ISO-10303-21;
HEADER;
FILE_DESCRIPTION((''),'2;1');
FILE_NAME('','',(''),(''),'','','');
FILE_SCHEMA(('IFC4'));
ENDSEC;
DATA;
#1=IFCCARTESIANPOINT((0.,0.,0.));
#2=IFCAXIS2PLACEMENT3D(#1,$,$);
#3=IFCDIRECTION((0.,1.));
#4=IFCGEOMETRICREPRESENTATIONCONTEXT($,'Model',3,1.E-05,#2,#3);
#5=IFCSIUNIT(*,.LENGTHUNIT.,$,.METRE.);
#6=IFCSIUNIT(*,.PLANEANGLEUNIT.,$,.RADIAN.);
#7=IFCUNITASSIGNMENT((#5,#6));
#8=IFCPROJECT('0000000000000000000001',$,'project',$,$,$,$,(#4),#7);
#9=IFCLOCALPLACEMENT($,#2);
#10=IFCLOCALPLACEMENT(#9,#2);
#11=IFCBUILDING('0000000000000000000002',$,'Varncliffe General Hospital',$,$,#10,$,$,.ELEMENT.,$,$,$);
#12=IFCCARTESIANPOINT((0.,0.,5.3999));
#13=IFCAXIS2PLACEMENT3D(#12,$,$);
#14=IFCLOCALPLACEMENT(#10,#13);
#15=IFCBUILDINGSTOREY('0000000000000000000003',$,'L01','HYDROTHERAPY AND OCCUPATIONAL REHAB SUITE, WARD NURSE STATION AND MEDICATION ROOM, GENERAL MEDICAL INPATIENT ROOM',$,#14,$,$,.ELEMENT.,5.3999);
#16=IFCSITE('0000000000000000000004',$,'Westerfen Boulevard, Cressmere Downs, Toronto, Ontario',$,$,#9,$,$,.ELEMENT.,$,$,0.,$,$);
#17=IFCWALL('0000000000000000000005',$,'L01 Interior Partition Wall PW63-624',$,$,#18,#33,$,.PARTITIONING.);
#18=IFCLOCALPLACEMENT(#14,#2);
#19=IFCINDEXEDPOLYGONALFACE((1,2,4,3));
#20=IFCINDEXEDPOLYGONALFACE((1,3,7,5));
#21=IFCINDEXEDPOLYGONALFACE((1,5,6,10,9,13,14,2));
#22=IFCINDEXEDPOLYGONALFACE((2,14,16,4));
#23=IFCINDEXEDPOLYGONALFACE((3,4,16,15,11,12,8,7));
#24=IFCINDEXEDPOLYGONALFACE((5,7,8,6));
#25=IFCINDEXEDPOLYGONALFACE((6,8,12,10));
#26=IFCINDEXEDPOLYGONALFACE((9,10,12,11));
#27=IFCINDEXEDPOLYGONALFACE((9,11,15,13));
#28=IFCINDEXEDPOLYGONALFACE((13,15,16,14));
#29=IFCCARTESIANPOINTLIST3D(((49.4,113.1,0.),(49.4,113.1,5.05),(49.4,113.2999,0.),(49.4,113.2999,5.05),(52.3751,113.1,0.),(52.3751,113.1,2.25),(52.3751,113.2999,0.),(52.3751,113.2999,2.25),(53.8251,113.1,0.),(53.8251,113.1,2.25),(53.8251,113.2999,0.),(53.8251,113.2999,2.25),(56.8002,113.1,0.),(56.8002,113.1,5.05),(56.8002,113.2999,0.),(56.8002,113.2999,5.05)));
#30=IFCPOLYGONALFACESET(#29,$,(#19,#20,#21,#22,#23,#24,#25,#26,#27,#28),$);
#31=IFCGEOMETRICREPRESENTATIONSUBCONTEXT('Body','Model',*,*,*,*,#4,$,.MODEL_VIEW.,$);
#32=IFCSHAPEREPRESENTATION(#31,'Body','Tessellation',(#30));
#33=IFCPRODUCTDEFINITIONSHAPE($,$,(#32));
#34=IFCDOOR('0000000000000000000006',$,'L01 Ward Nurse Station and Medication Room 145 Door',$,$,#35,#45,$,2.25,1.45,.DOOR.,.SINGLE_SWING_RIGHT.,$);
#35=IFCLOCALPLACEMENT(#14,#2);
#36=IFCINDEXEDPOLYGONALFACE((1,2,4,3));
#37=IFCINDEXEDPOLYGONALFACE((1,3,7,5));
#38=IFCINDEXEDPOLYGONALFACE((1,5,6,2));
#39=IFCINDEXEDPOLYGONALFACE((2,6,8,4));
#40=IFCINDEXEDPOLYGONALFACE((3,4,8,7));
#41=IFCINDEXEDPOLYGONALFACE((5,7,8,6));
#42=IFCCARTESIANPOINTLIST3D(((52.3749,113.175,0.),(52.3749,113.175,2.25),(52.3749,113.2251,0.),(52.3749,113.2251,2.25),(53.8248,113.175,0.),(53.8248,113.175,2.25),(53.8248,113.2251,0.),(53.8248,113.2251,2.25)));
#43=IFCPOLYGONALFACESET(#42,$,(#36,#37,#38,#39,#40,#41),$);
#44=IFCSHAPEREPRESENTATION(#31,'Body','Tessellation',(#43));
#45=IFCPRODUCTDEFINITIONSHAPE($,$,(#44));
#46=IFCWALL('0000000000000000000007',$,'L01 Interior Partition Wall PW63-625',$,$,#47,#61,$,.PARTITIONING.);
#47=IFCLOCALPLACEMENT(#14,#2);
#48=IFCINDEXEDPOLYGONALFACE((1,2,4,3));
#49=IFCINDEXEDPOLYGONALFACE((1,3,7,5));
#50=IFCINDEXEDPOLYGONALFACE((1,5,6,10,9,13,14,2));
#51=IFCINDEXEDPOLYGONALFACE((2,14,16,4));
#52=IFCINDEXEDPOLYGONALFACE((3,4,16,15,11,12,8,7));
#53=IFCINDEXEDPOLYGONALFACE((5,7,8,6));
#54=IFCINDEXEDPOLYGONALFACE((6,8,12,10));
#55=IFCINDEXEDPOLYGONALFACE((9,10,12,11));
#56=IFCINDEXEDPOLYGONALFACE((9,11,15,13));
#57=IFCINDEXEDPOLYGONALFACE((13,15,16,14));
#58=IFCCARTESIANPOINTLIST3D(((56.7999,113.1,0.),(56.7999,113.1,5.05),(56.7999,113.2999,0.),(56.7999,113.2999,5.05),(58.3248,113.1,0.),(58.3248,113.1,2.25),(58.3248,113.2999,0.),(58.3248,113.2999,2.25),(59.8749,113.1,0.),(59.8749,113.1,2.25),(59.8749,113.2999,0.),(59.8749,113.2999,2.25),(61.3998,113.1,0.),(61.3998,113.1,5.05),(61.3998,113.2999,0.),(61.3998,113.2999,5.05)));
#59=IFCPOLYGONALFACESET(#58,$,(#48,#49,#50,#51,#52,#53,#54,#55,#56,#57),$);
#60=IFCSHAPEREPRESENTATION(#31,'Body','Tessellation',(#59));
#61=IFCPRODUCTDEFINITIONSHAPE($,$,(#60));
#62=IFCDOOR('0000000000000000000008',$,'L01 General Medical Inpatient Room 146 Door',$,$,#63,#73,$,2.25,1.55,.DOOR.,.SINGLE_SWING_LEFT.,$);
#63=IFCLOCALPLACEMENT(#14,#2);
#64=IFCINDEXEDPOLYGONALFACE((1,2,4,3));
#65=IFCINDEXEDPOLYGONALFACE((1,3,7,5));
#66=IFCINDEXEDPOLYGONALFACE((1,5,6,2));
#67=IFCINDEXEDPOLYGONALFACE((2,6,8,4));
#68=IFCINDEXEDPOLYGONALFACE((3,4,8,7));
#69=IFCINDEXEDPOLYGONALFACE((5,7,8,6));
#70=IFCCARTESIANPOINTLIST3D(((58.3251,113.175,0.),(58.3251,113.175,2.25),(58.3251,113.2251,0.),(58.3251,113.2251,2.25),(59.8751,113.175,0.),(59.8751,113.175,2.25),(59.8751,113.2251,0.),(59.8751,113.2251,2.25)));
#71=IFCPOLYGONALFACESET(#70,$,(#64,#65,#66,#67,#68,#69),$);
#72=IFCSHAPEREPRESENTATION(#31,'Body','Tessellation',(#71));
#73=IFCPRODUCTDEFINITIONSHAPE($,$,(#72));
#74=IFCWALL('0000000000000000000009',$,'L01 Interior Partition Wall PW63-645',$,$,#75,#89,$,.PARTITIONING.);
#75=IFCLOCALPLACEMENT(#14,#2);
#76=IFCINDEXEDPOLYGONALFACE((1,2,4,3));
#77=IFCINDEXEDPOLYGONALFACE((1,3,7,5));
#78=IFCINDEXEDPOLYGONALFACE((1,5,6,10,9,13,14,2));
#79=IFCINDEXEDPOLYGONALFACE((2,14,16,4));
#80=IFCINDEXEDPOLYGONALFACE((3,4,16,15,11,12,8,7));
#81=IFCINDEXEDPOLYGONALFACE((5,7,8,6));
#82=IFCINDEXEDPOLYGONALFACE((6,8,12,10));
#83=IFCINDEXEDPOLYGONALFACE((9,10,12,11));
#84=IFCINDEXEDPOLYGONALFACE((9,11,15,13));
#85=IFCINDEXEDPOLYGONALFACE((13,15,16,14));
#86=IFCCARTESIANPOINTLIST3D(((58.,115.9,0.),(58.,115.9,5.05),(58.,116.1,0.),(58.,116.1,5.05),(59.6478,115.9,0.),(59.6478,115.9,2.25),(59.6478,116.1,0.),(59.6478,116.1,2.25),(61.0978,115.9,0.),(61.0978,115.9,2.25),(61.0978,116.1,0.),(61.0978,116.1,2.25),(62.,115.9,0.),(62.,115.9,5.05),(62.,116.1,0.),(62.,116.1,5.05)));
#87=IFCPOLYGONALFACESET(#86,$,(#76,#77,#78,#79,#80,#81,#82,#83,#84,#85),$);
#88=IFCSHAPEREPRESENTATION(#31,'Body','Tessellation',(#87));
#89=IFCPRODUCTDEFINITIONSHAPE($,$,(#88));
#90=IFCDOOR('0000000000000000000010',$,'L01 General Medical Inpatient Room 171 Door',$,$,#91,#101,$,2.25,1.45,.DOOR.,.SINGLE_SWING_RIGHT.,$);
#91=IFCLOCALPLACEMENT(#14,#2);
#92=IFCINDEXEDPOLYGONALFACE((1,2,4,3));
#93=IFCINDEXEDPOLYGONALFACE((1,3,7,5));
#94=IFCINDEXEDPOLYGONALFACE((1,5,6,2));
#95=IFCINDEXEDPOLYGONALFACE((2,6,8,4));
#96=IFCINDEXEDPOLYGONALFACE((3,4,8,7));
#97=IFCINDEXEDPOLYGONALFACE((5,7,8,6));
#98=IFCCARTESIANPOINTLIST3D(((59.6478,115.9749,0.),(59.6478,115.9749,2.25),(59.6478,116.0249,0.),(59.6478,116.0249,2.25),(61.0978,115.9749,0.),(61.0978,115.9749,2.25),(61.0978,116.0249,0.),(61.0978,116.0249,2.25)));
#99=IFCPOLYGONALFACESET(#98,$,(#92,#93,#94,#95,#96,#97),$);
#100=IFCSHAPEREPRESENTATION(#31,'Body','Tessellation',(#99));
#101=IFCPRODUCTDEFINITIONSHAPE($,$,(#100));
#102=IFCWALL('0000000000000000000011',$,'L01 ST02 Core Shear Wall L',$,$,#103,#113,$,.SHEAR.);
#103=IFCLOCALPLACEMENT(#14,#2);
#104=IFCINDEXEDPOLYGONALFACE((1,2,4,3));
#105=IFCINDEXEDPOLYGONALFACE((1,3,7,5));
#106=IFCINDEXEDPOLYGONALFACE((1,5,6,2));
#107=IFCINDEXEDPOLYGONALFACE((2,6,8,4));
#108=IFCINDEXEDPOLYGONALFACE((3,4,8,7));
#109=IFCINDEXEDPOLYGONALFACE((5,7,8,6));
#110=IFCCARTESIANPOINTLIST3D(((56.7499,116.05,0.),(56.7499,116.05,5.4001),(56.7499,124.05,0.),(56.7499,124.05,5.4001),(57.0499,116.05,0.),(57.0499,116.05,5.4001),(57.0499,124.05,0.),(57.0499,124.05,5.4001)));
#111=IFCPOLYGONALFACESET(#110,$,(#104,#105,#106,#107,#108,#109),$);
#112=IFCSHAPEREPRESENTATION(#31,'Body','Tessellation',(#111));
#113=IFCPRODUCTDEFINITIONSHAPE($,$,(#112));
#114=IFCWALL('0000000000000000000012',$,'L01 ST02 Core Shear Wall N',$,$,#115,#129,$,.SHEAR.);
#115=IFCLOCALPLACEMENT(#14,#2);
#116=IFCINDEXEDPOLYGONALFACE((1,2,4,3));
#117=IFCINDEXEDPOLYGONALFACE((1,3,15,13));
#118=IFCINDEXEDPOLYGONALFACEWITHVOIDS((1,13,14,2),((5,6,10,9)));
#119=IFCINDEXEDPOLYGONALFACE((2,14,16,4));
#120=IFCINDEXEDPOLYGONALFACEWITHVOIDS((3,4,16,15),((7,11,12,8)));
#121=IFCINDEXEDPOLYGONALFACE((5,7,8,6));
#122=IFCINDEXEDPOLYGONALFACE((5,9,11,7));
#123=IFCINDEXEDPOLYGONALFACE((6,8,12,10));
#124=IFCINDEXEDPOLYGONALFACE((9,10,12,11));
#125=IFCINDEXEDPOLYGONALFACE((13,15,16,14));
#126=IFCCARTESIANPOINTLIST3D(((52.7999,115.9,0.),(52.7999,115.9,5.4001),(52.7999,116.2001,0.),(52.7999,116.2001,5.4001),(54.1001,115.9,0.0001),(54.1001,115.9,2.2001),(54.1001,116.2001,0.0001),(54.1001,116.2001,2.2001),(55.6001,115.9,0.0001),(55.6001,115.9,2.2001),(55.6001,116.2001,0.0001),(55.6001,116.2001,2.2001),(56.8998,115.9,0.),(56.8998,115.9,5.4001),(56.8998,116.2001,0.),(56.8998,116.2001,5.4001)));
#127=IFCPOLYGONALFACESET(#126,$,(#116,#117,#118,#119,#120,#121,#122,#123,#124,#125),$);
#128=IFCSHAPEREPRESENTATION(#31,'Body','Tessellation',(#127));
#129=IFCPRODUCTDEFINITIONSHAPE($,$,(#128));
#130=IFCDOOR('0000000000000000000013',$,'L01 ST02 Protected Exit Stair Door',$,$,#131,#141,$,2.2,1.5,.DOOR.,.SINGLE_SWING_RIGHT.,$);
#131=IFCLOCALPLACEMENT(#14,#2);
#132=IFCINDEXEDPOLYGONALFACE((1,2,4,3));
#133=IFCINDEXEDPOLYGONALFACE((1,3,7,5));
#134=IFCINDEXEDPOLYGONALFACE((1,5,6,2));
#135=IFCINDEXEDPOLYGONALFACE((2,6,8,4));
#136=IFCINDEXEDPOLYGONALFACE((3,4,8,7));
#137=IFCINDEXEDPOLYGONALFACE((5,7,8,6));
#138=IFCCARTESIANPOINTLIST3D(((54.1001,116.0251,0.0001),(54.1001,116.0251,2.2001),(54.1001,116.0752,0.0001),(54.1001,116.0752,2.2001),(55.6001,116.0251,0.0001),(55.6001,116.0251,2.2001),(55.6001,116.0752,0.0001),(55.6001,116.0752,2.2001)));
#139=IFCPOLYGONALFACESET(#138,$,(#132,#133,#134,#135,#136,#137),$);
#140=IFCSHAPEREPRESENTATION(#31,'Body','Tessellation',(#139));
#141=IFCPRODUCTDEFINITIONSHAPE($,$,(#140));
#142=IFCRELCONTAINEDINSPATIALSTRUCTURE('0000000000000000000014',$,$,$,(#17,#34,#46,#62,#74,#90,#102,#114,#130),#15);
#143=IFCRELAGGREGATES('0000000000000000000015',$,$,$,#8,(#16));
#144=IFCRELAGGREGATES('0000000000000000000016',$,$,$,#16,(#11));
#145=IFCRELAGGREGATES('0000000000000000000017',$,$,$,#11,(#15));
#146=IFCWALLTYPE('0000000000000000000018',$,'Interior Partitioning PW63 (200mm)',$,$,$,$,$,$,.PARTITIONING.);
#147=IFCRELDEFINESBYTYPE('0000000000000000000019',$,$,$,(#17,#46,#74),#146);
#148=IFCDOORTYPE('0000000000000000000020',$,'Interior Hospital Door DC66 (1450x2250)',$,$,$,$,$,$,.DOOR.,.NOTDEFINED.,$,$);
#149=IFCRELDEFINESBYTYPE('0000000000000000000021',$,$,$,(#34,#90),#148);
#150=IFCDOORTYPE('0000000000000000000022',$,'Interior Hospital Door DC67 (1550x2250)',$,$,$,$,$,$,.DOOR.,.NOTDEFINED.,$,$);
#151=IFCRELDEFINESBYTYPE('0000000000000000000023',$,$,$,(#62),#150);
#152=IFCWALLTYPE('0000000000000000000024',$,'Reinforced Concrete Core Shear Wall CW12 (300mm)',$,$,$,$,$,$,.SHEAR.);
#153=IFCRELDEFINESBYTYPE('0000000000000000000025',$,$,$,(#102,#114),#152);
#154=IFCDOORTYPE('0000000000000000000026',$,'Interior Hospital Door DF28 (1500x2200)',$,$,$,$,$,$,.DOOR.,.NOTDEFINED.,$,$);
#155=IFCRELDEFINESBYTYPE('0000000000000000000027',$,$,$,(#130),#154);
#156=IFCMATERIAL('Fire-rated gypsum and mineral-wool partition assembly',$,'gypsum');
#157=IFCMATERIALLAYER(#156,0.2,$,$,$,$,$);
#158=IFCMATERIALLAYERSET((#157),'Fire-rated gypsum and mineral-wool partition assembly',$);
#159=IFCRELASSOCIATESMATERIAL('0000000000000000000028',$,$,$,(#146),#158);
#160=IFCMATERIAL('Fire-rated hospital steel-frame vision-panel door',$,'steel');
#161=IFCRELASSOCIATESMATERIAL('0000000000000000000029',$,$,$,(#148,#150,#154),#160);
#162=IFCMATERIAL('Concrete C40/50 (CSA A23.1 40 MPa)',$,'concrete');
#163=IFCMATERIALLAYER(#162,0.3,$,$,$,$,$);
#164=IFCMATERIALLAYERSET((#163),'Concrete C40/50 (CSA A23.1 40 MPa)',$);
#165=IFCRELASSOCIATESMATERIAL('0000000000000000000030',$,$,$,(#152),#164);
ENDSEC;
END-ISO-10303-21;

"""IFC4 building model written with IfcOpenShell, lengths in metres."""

from ifc_helpers import new_model, si_unit, direction, frame, frame_2d, origin, place, context, subcontext, project, spatial, rectangle, extrude, material, layer, layer_set, type_object, element, fill, save


model = new_model("IFC4")

# Units and contexts
model_context = context("Model", 3, precision=1e-05, world=origin(), true_north=direction((0.0, 1.0)))
body_context = subcontext(model_context, "Body", "Model", "MODEL_VIEW")
ifc_project = project(units=[si_unit("LENGTHUNIT", "METRE"), si_unit("PLANEANGLEUNIT", "RADIAN")], contexts=[model_context])

# Site, building, storey
site_placement = place(None, origin())
site = spatial("IfcSite", under=ifc_project, at=site_placement, Name="Westerfen Boulevard, Cressmere Downs, Toronto, Ontario", CompositionType="ELEMENT", RefElevation=0.0)
building_placement = place(site_placement, origin())
building = spatial("IfcBuilding", under=site, at=building_placement, Name="Varncliffe General Hospital", CompositionType="ELEMENT")
storey_placement = place(building_placement, frame((0.0, 0.0, 5.3999)))
storey = spatial("IfcBuildingStorey", under=building, at=storey_placement, Name="L01", Description="HYDROTHERAPY AND OCCUPATIONAL REHAB SUITE, WARD NURSE STATION AND MEDICATION ROOM, GENERAL MEDICAL INPATIENT ROOM", CompositionType="ELEMENT", Elevation=5.3999)

# Shared definitions
ifc_material_1 = material(Name="Concrete C40/50 (CSA A23.1 40 MPa)", Category="concrete")

# Walls, openings, doors
ifc_material_2 = material(Name="Fire-rated gypsum and mineral-wool partition assembly", Category="gypsum")
ifc_layer_1 = layer(ifc_material_2, 0.2)
ifc_layer_set_1 = layer_set([ifc_layer_1], Name="Fire-rated gypsum and mineral-wool partition assembly")
wall_type_1 = type_object("IfcWallType", Name="Interior Partitioning PW63 (200mm)", PredefinedType="PARTITIONING", material=ifc_layer_set_1)
wall_1_placement = place(storey_placement, frame((49.3999, 113.2, 0.0), z_axis=(0.0, 0.0, 1.0), x_axis=(1.0, 0.0, 0.0)))
wall_1 = element("IfcWall", 1, at=wall_1_placement, inside=storey, type_object=wall_type_1, Name="L01 Interior Partition Wall PW63-624", PredefinedType="PARTITIONING", context=body_context, shape_type="SweptSolid", body=[
    extrude(rectangle(XDim=7.4001, YDim=0.2, at=frame_2d((3.7002, 0.0))), origin(), (0.0, 0.0, 1.0), 5.05),
])
opening_1_placement = place(wall_1_placement, frame((2.9751, 0.0, 0.0)))
opening_1 = element("IfcOpeningElement", 2, at=opening_1_placement, cuts=wall_1, PredefinedType="OPENING", context=body_context, shape_type="SweptSolid", body=[
    extrude(rectangle(XDim=1.45, YDim=2.25, at=frame_2d((0.7251, 1.125))), frame((0.0, 0.1099, 0.0), z_axis=(0.0, -1.0, 0.0), x_axis=(1.0, 0.0, 0.0)), (0.0, 0.0, 1.0), 0.22),
])
ifc_material_3 = material(Name="Fire-rated hospital steel-frame vision-panel door", Category="steel")
door_type_1 = type_object("IfcDoorType", Name="Interior Hospital Door DC66 (1450x2250)", OperationType="NOTDEFINED", PredefinedType="DOOR", material=ifc_material_3)
door_1_placement = place(opening_1_placement, frame((1.45, 0.0, 0.0), z_axis=(0.0, 0.0, 1.0), x_axis=(-1.0, 0.0, 0.0)))
door_1 = element("IfcDoor", 3, at=door_1_placement, inside=storey, type_object=door_type_1, Name="L01 Ward Nurse Station and Medication Room 145 Door", OperationType="SINGLE_SWING_RIGHT", OverallHeight=2.25, OverallWidth=1.45, PredefinedType="DOOR", context=body_context, shape_type="SweptSolid", body=[
    extrude(rectangle(XDim=1.45, YDim=2.25, at=frame_2d((0.7251, 1.125))), frame((0.0, 0.0249, 0.0), z_axis=(0.0, -1.0, 0.0), x_axis=(1.0, 0.0, 0.0)), (0.0, 0.0, 1.0), 0.05),
])
fill(opening_1, door_1)
wall_2_placement = place(storey_placement, frame((56.8, 113.2, 0.0), z_axis=(0.0, 0.0, 1.0), x_axis=(1.0, 0.0, 0.0)))
wall_2 = element("IfcWall", 4, at=wall_2_placement, inside=storey, type_object=wall_type_1, Name="L01 Interior Partition Wall PW63-625", PredefinedType="PARTITIONING", context=body_context, shape_type="SweptSolid", body=[
    extrude(rectangle(XDim=4.5999, YDim=0.2, at=frame_2d((2.2998, 0.0))), origin(), (0.0, 0.0, 1.0), 5.05),
])
opening_2_placement = place(wall_2_placement, frame((1.5249, 0.0, 0.0)))
opening_2 = element("IfcOpeningElement", 5, at=opening_2_placement, cuts=wall_2, PredefinedType="OPENING", context=body_context, shape_type="SweptSolid", body=[
    extrude(rectangle(XDim=1.55, YDim=2.25, at=frame_2d((0.7749, 1.125))), frame((0.0, 0.1099, 0.0), z_axis=(0.0, -1.0, 0.0), x_axis=(1.0, 0.0, 0.0)), (0.0, 0.0, 1.0), 0.22),
])
door_type_2 = type_object("IfcDoorType", Name="Interior Hospital Door DC67 (1550x2250)", OperationType="NOTDEFINED", PredefinedType="DOOR", material=ifc_material_3)
door_2_placement = place(opening_2_placement, frame((1.55, 0.0, 0.0), z_axis=(0.0, 0.0, 1.0), x_axis=(-1.0, 0.0, 0.0)))
door_2 = element("IfcDoor", 6, at=door_2_placement, inside=storey, type_object=door_type_2, Name="L01 General Medical Inpatient Room 146 Door", OperationType="SINGLE_SWING_LEFT", OverallHeight=2.25, OverallWidth=1.55, PredefinedType="DOOR", context=body_context, shape_type="SweptSolid", body=[
    extrude(rectangle(XDim=1.55, YDim=2.25, at=frame_2d((0.7749, 1.125))), frame((0.0, 0.0249, 0.0), z_axis=(0.0, -1.0, 0.0), x_axis=(1.0, 0.0, 0.0)), (0.0, 0.0, 1.0), 0.05),
])
fill(opening_2, door_2)
wall_3_placement = place(storey_placement, frame((58.0, 116.0, 0.0), z_axis=(0.0, 0.0, 1.0), x_axis=(1.0, 0.0, 0.0)))
wall_3 = element("IfcWall", 7, at=wall_3_placement, inside=storey, type_object=wall_type_1, Name="L01 Interior Partition Wall PW63-645", PredefinedType="PARTITIONING", context=body_context, shape_type="SweptSolid", body=[
    extrude(rectangle(XDim=4.0, YDim=0.2, at=frame_2d((2.0, 0.0))), origin(), (0.0, 0.0, 1.0), 5.05),
])
opening_3_placement = place(wall_3_placement, frame((1.6477, 0.0, 0.0)))
opening_3 = element("IfcOpeningElement", 8, at=opening_3_placement, cuts=wall_3, PredefinedType="OPENING", context=body_context, shape_type="SweptSolid", body=[
    extrude(rectangle(XDim=1.45, YDim=2.25, at=frame_2d((0.7251, 1.125))), frame((0.0, 0.1099, 0.0), z_axis=(0.0, -1.0, 0.0), x_axis=(1.0, 0.0, 0.0)), (0.0, 0.0, 1.0), 0.22),
])
door_3_placement = place(opening_3_placement, origin())
door_3 = element("IfcDoor", 9, at=door_3_placement, inside=storey, type_object=door_type_1, Name="L01 General Medical Inpatient Room 171 Door", OperationType="SINGLE_SWING_RIGHT", OverallHeight=2.25, OverallWidth=1.45, PredefinedType="DOOR", context=body_context, shape_type="SweptSolid", body=[
    extrude(rectangle(XDim=1.45, YDim=2.25, at=frame_2d((0.7251, 1.125))), frame((0.0, 0.0249, 0.0), z_axis=(0.0, -1.0, 0.0), x_axis=(1.0, 0.0, 0.0)), (0.0, 0.0, 1.0), 0.05),
])
fill(opening_3, door_3)

# Wall
ifc_layer_2 = layer(ifc_material_1, 0.3)
ifc_layer_set_2 = layer_set([ifc_layer_2], Name="Concrete C40/50 (CSA A23.1 40 MPa)")
wall_type_2 = type_object("IfcWallType", Name="Reinforced Concrete Core Shear Wall CW12 (300mm)", PredefinedType="SHEAR", material=ifc_layer_set_2)
wall_4_placement = place(storey_placement, frame((56.8999, 116.05, 0.0), z_axis=(0.0, 0.0, 1.0), x_axis=(0.0, 1.0, 0.0)))
element("IfcWall", 10, at=wall_4_placement, inside=storey, type_object=wall_type_2, Name="L01 ST02 Core Shear Wall L", PredefinedType="SHEAR", context=body_context, shape_type="SweptSolid", body=[
    extrude(rectangle(XDim=8.0, YDim=0.3, at=frame_2d((4.0, 0.0))), origin(), (0.0, 0.0, 1.0), 5.4001),
])

# Wall, opening, door
wall_5_placement = place(storey_placement, frame((52.8, 116.05, 0.0), z_axis=(0.0, 0.0, 1.0), x_axis=(1.0, 0.0, 0.0)))
wall_5 = element("IfcWall", 11, at=wall_5_placement, inside=storey, type_object=wall_type_2, Name="L01 ST02 Core Shear Wall N", PredefinedType="SHEAR", context=body_context, shape_type="SweptSolid", body=[
    extrude(rectangle(XDim=4.0999, YDim=0.3, at=frame_2d((2.0498, 0.0))), origin(), (0.0, 0.0, 1.0), 5.4001),
])
opening_4_placement = place(wall_5_placement, frame((1.3, 0.0, 0.0)))
opening_4 = element("IfcOpeningElement", 12, at=opening_4_placement, cuts=wall_5, PredefinedType="OPENING", context=body_context, shape_type="SweptSolid", body=[
    extrude(rectangle(XDim=1.5, YDim=2.2, at=frame_2d((0.75, 1.1001))), frame((0.0, 0.1602, 0.0), z_axis=(0.0, -1.0, 0.0), x_axis=(1.0, 0.0, 0.0)), (0.0, 0.0, 1.0), 0.3201),
])
door_type_3 = type_object("IfcDoorType", Name="Interior Hospital Door DF28 (1500x2200)", OperationType="NOTDEFINED", PredefinedType="DOOR", material=ifc_material_3)
door_4_placement = place(opening_4_placement, frame((1.5, 0.0, 0.0), z_axis=(0.0, 0.0, 1.0), x_axis=(-1.0, 0.0, 0.0)))
door_4 = element("IfcDoor", 13, at=door_4_placement, inside=storey, type_object=door_type_3, Name="L01 ST02 Protected Exit Stair Door", OperationType="SINGLE_SWING_RIGHT", OverallHeight=2.2, OverallWidth=1.5, PredefinedType="DOOR", context=body_context, shape_type="SweptSolid", body=[
    extrude(rectangle(XDim=1.5, YDim=2.2, at=frame_2d((0.75, 1.1001))), frame((0.0, 0.0249, 0.0), z_axis=(0.0, -1.0, 0.0), x_axis=(1.0, 0.0, 0.0)), (0.0, 0.0, 1.0), 0.05),
])
fill(opening_4, door_4)

save(model, "model.ifc")
